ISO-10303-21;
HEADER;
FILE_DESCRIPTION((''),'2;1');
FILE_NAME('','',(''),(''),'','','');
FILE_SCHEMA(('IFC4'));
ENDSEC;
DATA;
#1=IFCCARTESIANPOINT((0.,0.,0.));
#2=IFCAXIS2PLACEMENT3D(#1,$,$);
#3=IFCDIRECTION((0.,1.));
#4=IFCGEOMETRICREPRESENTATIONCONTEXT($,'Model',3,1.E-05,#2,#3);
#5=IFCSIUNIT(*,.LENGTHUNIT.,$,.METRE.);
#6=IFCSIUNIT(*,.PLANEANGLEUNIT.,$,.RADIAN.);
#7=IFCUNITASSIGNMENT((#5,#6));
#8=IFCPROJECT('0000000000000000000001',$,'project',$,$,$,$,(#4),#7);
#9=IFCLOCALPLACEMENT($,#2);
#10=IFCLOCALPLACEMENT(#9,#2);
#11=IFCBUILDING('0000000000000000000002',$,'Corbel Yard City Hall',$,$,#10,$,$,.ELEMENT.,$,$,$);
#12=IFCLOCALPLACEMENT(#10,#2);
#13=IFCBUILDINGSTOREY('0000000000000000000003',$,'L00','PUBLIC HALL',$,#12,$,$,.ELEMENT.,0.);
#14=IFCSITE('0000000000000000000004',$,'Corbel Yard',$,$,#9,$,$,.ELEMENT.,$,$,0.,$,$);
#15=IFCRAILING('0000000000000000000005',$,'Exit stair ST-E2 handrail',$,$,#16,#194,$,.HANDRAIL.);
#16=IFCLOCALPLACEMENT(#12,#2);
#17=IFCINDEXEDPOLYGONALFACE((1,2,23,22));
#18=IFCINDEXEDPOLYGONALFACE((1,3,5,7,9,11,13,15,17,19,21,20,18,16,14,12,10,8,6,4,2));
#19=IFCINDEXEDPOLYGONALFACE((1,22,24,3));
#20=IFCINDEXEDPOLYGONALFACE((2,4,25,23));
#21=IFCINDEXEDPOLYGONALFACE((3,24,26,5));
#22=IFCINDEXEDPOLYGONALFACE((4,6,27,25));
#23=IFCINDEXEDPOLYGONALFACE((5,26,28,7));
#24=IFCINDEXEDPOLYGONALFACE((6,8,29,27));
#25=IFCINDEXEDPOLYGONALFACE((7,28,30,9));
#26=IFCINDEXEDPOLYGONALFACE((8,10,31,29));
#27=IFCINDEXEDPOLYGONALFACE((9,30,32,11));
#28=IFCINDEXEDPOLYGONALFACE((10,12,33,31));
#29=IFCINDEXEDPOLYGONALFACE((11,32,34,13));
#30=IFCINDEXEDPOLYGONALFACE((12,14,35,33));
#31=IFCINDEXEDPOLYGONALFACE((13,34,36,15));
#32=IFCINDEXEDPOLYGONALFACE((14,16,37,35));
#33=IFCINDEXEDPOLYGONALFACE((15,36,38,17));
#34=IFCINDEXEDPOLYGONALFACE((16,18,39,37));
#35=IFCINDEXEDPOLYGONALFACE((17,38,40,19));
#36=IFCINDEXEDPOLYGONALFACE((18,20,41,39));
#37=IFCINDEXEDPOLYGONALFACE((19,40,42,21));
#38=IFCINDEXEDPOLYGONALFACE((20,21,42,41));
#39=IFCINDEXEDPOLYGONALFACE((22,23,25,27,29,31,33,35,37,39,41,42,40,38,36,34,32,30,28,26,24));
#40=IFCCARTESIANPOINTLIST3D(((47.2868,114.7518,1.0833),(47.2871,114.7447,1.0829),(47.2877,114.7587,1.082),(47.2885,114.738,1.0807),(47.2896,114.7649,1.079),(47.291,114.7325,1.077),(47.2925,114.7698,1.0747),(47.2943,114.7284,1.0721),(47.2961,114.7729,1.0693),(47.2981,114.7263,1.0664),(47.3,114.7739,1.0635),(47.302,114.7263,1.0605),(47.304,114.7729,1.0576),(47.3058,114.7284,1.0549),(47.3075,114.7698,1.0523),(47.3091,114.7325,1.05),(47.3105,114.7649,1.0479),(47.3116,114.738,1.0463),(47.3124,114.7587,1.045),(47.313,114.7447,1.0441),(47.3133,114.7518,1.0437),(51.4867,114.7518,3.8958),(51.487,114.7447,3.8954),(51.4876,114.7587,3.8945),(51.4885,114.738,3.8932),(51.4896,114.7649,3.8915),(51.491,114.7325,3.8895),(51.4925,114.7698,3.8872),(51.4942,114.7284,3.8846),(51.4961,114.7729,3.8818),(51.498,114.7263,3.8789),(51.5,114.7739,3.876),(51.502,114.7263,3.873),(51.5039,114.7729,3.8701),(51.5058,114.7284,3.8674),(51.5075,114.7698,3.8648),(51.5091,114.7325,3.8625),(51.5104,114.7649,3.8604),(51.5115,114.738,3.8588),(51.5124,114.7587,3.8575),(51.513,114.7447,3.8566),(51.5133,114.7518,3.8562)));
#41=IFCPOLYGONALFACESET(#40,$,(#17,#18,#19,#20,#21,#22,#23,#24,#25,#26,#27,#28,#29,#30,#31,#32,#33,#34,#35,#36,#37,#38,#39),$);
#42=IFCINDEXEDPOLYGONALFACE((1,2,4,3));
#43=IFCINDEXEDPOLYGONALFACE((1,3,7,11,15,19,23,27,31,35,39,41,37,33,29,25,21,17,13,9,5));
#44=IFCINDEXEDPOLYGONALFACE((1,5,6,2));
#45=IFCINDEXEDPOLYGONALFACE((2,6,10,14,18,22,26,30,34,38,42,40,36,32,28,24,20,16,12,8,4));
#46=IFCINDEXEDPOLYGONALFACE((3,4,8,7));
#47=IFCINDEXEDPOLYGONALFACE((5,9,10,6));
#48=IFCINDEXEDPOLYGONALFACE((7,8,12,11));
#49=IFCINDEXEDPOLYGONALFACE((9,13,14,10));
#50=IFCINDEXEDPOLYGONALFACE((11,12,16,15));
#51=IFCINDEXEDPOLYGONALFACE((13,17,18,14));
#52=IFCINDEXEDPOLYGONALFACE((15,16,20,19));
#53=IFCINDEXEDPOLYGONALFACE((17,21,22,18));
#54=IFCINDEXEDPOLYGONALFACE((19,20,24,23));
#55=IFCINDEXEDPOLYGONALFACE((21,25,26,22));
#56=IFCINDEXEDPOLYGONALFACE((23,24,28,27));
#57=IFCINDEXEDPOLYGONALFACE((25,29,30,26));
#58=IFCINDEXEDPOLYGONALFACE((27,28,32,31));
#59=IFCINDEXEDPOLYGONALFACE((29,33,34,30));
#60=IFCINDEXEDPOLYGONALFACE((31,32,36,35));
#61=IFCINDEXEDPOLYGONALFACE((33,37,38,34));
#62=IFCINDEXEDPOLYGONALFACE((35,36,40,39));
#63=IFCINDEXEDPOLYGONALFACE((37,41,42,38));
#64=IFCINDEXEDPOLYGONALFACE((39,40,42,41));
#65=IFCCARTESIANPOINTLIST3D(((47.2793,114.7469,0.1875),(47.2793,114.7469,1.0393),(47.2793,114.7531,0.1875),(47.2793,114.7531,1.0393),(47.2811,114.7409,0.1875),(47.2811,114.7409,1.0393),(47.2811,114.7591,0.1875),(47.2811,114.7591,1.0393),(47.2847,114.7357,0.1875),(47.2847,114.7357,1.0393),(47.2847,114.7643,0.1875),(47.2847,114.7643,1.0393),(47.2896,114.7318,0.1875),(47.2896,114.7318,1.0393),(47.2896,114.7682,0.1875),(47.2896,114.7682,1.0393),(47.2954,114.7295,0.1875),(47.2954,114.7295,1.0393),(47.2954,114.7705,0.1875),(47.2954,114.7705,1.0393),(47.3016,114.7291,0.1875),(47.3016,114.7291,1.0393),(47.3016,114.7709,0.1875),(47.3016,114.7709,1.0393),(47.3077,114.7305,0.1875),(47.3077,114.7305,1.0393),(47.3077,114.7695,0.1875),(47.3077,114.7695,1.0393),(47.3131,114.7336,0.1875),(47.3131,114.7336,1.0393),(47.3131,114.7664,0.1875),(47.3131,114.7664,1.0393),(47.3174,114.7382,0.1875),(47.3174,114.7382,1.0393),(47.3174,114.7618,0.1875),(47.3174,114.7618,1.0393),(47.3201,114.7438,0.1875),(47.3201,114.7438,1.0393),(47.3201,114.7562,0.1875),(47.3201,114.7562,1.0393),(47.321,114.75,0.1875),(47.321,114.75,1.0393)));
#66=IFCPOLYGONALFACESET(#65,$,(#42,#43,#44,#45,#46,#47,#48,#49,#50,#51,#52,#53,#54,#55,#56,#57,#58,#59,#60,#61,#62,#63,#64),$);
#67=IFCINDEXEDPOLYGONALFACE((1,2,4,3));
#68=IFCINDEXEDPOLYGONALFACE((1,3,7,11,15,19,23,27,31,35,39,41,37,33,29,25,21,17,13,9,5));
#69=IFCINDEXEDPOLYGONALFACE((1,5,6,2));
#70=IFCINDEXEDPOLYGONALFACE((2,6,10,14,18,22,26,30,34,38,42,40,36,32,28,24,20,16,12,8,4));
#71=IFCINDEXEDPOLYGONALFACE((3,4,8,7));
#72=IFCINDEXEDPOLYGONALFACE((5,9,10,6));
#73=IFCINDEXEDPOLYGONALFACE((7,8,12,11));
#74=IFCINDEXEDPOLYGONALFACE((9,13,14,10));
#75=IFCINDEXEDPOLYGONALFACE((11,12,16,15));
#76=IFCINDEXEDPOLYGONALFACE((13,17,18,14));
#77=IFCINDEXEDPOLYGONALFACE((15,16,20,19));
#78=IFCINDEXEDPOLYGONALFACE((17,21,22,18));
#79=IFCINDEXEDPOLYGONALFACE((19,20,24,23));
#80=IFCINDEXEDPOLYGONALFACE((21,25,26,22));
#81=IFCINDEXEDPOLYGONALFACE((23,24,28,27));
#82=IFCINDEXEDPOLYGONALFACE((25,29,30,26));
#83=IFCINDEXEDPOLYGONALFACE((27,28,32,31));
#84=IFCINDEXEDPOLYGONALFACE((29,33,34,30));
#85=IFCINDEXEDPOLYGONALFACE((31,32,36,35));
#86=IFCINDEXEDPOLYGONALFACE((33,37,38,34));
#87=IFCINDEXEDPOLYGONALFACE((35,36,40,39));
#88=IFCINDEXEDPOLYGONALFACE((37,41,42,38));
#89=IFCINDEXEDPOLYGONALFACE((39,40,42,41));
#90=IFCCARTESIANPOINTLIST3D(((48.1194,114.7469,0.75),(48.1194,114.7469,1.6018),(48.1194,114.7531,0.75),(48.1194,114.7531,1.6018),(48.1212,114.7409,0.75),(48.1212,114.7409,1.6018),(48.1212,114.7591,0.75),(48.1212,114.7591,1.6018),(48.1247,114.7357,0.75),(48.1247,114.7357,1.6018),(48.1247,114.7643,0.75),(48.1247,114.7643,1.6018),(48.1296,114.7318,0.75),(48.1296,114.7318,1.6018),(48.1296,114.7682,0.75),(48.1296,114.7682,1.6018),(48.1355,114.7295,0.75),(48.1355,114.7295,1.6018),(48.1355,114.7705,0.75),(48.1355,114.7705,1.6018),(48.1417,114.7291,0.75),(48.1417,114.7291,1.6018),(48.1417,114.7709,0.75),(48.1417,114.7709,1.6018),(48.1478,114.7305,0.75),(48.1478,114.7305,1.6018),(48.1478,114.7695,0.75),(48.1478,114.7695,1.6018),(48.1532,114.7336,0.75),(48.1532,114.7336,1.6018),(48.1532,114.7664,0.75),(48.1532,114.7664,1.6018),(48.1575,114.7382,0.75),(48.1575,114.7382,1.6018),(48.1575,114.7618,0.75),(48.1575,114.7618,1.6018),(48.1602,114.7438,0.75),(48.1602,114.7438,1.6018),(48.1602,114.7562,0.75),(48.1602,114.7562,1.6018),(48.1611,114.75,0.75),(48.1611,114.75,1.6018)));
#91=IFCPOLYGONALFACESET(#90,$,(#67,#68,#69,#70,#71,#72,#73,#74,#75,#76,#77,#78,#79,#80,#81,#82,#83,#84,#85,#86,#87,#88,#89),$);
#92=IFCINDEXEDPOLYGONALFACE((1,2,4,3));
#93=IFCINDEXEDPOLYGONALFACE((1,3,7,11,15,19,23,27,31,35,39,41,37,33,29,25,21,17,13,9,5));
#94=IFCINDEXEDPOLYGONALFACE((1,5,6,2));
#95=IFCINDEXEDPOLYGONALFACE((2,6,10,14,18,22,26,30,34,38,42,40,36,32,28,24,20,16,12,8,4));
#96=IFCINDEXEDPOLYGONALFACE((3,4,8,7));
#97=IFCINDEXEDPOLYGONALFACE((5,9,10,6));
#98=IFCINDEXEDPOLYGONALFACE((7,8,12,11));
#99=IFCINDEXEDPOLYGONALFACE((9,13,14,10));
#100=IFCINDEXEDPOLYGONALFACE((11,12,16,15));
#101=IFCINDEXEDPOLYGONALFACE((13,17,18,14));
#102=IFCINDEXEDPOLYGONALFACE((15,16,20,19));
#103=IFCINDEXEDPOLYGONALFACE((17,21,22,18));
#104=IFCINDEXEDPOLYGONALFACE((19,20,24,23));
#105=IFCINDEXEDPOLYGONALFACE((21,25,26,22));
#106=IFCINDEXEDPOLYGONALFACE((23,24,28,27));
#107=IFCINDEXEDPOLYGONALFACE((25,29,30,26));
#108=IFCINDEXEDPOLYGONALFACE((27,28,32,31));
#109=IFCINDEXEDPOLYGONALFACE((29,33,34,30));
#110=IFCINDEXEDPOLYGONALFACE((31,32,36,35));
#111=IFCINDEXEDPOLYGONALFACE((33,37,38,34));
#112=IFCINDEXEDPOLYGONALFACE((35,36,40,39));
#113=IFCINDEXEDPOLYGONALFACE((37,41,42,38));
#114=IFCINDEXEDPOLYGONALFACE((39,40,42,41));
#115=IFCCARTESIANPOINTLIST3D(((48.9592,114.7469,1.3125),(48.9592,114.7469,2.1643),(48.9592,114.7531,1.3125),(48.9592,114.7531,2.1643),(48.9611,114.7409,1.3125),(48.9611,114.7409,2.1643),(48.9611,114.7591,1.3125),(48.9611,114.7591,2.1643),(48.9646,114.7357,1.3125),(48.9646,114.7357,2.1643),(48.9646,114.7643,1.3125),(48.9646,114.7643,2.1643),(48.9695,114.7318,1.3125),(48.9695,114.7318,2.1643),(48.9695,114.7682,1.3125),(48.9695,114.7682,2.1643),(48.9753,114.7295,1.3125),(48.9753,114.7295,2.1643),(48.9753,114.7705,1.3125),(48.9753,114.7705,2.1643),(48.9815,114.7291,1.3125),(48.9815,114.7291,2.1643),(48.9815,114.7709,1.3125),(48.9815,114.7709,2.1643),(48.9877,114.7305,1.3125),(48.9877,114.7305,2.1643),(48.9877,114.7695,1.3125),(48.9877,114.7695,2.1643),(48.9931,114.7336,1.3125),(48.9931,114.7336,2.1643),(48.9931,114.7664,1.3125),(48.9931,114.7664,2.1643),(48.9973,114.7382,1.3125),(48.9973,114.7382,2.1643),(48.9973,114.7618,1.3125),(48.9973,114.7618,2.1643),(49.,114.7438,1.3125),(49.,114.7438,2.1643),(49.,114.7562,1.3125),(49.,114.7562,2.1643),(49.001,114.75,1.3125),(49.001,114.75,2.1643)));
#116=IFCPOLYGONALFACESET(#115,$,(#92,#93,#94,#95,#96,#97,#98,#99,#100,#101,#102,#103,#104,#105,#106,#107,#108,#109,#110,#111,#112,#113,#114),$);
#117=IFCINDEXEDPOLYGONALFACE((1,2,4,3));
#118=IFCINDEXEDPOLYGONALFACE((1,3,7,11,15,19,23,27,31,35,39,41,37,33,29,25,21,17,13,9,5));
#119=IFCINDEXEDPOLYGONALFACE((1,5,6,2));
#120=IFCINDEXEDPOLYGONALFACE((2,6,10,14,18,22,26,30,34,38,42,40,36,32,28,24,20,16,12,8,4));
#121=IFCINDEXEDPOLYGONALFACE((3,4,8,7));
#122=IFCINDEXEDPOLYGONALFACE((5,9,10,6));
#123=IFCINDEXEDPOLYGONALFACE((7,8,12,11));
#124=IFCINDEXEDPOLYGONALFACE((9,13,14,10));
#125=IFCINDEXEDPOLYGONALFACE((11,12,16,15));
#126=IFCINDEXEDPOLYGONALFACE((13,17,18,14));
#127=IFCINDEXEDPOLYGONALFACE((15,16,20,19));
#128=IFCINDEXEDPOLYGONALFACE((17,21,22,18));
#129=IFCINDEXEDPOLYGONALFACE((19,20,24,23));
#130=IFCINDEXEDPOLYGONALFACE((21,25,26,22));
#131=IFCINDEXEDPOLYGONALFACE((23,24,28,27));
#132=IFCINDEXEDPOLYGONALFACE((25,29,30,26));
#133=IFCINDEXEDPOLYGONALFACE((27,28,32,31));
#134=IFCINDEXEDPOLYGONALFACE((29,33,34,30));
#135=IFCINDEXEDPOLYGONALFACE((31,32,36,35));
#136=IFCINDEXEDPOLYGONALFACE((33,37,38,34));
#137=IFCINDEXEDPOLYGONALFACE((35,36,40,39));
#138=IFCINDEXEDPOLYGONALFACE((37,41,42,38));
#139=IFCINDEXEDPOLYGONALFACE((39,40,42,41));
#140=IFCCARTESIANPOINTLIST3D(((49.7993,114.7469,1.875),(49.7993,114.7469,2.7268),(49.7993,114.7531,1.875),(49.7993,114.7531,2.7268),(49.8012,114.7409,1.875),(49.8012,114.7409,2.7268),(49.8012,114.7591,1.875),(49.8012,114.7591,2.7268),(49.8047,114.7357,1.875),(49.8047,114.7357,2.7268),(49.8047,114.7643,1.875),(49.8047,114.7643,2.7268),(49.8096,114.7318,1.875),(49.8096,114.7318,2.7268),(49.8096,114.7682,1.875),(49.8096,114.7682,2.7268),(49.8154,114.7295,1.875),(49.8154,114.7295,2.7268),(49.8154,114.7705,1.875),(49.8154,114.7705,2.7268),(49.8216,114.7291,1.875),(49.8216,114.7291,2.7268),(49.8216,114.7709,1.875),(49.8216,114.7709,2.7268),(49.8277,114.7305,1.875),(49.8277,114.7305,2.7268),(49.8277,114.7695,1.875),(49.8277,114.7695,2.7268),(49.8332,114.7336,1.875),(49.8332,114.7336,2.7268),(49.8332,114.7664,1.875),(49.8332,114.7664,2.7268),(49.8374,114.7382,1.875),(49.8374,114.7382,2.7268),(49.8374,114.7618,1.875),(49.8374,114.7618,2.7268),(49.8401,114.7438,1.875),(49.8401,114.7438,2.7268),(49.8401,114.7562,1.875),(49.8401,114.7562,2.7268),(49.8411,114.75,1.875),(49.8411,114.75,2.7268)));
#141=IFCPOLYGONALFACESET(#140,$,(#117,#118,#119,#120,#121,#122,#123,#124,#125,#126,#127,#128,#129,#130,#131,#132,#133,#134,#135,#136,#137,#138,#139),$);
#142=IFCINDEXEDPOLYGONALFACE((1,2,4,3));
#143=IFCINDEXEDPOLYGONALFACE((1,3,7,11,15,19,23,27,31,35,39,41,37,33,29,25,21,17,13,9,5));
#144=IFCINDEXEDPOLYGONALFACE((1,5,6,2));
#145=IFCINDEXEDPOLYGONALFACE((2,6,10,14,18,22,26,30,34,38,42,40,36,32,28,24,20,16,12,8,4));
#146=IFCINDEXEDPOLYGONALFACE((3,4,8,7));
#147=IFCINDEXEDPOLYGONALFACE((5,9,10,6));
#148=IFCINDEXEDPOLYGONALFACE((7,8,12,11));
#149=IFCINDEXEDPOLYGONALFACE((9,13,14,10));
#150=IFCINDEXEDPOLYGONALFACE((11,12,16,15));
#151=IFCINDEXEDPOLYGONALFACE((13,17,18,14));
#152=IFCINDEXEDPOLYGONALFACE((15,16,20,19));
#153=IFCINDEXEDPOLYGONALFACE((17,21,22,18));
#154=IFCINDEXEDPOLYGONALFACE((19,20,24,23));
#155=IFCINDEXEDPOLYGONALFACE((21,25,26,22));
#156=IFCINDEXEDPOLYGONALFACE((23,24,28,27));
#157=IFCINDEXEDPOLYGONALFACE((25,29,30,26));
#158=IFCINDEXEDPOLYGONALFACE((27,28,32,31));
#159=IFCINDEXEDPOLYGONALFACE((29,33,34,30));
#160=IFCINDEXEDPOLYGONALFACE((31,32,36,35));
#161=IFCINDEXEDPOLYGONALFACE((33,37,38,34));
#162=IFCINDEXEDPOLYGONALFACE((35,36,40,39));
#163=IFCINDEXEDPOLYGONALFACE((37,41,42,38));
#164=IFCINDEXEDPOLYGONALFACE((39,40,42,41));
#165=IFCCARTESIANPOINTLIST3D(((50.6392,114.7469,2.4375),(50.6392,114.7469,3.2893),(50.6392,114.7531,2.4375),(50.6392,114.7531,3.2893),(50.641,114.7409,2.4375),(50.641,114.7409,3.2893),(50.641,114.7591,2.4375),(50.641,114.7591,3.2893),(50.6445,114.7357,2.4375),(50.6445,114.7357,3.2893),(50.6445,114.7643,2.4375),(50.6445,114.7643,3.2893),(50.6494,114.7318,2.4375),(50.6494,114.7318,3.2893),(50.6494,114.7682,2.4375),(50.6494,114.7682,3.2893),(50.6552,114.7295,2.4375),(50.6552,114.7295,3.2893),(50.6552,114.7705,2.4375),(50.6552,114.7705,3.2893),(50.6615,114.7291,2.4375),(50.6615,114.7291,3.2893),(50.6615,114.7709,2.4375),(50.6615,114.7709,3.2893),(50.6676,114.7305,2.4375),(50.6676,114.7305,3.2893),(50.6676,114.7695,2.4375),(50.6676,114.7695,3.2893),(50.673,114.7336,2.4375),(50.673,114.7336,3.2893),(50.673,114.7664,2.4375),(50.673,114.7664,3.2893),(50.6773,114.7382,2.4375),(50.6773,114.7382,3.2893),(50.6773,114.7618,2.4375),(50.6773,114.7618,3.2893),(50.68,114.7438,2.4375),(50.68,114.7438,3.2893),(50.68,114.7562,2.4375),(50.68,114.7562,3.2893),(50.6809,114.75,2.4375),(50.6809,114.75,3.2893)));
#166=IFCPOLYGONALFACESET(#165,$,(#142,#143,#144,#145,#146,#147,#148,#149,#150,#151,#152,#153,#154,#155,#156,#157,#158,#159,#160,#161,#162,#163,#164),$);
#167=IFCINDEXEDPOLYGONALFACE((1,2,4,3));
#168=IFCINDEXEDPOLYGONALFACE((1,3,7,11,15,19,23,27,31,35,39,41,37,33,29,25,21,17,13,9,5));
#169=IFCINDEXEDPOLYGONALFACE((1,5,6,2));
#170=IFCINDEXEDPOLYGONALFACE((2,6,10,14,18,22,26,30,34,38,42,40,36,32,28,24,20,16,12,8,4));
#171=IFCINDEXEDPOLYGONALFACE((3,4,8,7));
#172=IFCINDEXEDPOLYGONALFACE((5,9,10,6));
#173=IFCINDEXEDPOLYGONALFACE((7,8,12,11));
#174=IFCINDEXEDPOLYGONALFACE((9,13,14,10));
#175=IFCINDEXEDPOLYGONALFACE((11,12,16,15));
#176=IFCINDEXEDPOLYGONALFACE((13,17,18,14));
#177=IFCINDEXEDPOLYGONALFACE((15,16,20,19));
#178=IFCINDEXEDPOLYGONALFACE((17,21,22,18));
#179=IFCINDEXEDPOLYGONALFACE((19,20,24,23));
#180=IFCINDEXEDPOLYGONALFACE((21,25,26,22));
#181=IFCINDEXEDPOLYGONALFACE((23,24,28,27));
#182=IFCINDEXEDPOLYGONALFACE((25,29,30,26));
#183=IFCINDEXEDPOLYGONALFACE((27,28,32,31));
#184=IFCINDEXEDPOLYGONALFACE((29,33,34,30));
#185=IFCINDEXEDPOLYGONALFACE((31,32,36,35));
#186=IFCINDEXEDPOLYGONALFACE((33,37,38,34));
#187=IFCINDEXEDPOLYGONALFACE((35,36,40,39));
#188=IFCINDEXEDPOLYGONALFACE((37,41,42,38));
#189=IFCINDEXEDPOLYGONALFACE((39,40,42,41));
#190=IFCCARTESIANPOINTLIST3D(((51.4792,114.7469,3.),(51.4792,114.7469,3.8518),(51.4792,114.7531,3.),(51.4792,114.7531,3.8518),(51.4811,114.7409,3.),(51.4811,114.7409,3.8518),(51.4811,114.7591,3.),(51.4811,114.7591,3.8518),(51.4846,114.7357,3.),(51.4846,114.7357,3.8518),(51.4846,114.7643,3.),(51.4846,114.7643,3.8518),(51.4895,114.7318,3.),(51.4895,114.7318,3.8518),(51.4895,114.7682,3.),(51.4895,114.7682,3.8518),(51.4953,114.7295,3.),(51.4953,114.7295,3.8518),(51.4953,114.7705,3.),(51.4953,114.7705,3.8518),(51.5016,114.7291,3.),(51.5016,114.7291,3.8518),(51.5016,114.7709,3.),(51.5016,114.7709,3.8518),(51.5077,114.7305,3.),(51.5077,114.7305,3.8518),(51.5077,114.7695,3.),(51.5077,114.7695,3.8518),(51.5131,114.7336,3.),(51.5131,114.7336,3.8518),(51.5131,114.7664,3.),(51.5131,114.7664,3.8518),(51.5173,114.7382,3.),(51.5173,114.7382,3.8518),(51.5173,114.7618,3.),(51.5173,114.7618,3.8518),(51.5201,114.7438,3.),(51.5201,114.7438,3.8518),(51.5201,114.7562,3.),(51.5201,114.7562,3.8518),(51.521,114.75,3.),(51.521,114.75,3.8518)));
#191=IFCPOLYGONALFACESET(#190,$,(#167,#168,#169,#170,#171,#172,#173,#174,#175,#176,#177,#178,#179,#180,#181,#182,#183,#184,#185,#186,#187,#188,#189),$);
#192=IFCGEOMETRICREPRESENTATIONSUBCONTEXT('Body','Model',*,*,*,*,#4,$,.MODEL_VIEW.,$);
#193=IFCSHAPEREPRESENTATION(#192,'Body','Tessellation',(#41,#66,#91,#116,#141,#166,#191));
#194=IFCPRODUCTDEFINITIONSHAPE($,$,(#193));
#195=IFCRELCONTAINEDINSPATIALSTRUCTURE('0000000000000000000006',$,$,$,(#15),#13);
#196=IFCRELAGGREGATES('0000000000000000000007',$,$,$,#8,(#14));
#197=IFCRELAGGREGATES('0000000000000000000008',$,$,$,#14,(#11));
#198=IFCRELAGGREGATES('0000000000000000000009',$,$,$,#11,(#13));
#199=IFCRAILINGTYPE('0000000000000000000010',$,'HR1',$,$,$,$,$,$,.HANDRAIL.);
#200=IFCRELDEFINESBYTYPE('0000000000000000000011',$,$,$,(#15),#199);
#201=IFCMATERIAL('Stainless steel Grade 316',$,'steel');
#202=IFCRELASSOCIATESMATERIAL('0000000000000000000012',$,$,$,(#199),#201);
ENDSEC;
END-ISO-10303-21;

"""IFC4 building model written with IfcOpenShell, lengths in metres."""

from ifc_helpers import new_model, si_unit, direction, frame, origin, origin_2d, place, context, subcontext, project, spatial, circle, extrude, material, type_object, element, save


model = new_model("IFC4")

# Units and contexts
model_context = context("Model", 3, precision=1e-05, world=origin(), true_north=direction((0.0, 1.0)))
body_context = subcontext(model_context, "Body", "Model", "MODEL_VIEW")
ifc_project = project(units=[si_unit("LENGTHUNIT", "METRE"), si_unit("PLANEANGLEUNIT", "RADIAN")], contexts=[model_context])

# Site, building, storey
site_placement = place(None, origin())
site = spatial("IfcSite", under=ifc_project, at=site_placement, Name="Corbel Yard", CompositionType="ELEMENT", RefElevation=0.0)
building_placement = place(site_placement, origin())
building = spatial("IfcBuilding", under=site, at=building_placement, Name="Corbel Yard City Hall", CompositionType="ELEMENT")
storey_placement = place(building_placement, origin())
storey = spatial("IfcBuildingStorey", under=building, at=storey_placement, Name="L00", Description="PUBLIC HALL", CompositionType="ELEMENT", Elevation=0.0)

# Railing
ifc_material_1 = material(Name="Stainless steel Grade 316", Category="steel")
railing_type = type_object("IfcRailingType", Name="HR1", PredefinedType="HANDRAIL", material=ifc_material_1)
railing_placement = place(storey_placement, frame((47.3, 114.75, 0.1875)))
element("IfcRailing", 1, at=railing_placement, inside=storey, type_object=railing_type, Name="Exit stair ST-E2 handrail", PredefinedType="HANDRAIL", context=body_context, shape_type="SweptSolid", body=[
    extrude(circle(Radius=0.0239, at=origin_2d()), frame((0.0, 0.0, 0.876), z_axis=(0.830904, 0.0, 0.556416), x_axis=(0.0, 1.0, 0.0)), (0.0, 0.0, 1.0), 5.0547),
    extrude(circle(Radius=0.021, at=origin_2d()), origin(), (0.0, 0.0, 1.0), 0.8518),
    extrude(circle(Radius=0.021, at=origin_2d()), frame((0.8401, 0.0, 0.5625)), (0.0, 0.0, 1.0), 0.8518),
    extrude(circle(Radius=0.021, at=origin_2d()), frame((1.6799, 0.0, 1.125)), (0.0, 0.0, 1.0), 0.8518),
    extrude(circle(Radius=0.021, at=origin_2d()), frame((2.52, 0.0, 1.6875)), (0.0, 0.0, 1.0), 0.8518),
    extrude(circle(Radius=0.021, at=origin_2d()), frame((3.3599, 0.0, 2.25)), (0.0, 0.0, 1.0), 0.8518),
    extrude(circle(Radius=0.021, at=origin_2d()), frame((4.2, 0.0, 2.8125)), (0.0, 0.0, 1.0), 0.8518),
])

save(model, "model.ifc")
